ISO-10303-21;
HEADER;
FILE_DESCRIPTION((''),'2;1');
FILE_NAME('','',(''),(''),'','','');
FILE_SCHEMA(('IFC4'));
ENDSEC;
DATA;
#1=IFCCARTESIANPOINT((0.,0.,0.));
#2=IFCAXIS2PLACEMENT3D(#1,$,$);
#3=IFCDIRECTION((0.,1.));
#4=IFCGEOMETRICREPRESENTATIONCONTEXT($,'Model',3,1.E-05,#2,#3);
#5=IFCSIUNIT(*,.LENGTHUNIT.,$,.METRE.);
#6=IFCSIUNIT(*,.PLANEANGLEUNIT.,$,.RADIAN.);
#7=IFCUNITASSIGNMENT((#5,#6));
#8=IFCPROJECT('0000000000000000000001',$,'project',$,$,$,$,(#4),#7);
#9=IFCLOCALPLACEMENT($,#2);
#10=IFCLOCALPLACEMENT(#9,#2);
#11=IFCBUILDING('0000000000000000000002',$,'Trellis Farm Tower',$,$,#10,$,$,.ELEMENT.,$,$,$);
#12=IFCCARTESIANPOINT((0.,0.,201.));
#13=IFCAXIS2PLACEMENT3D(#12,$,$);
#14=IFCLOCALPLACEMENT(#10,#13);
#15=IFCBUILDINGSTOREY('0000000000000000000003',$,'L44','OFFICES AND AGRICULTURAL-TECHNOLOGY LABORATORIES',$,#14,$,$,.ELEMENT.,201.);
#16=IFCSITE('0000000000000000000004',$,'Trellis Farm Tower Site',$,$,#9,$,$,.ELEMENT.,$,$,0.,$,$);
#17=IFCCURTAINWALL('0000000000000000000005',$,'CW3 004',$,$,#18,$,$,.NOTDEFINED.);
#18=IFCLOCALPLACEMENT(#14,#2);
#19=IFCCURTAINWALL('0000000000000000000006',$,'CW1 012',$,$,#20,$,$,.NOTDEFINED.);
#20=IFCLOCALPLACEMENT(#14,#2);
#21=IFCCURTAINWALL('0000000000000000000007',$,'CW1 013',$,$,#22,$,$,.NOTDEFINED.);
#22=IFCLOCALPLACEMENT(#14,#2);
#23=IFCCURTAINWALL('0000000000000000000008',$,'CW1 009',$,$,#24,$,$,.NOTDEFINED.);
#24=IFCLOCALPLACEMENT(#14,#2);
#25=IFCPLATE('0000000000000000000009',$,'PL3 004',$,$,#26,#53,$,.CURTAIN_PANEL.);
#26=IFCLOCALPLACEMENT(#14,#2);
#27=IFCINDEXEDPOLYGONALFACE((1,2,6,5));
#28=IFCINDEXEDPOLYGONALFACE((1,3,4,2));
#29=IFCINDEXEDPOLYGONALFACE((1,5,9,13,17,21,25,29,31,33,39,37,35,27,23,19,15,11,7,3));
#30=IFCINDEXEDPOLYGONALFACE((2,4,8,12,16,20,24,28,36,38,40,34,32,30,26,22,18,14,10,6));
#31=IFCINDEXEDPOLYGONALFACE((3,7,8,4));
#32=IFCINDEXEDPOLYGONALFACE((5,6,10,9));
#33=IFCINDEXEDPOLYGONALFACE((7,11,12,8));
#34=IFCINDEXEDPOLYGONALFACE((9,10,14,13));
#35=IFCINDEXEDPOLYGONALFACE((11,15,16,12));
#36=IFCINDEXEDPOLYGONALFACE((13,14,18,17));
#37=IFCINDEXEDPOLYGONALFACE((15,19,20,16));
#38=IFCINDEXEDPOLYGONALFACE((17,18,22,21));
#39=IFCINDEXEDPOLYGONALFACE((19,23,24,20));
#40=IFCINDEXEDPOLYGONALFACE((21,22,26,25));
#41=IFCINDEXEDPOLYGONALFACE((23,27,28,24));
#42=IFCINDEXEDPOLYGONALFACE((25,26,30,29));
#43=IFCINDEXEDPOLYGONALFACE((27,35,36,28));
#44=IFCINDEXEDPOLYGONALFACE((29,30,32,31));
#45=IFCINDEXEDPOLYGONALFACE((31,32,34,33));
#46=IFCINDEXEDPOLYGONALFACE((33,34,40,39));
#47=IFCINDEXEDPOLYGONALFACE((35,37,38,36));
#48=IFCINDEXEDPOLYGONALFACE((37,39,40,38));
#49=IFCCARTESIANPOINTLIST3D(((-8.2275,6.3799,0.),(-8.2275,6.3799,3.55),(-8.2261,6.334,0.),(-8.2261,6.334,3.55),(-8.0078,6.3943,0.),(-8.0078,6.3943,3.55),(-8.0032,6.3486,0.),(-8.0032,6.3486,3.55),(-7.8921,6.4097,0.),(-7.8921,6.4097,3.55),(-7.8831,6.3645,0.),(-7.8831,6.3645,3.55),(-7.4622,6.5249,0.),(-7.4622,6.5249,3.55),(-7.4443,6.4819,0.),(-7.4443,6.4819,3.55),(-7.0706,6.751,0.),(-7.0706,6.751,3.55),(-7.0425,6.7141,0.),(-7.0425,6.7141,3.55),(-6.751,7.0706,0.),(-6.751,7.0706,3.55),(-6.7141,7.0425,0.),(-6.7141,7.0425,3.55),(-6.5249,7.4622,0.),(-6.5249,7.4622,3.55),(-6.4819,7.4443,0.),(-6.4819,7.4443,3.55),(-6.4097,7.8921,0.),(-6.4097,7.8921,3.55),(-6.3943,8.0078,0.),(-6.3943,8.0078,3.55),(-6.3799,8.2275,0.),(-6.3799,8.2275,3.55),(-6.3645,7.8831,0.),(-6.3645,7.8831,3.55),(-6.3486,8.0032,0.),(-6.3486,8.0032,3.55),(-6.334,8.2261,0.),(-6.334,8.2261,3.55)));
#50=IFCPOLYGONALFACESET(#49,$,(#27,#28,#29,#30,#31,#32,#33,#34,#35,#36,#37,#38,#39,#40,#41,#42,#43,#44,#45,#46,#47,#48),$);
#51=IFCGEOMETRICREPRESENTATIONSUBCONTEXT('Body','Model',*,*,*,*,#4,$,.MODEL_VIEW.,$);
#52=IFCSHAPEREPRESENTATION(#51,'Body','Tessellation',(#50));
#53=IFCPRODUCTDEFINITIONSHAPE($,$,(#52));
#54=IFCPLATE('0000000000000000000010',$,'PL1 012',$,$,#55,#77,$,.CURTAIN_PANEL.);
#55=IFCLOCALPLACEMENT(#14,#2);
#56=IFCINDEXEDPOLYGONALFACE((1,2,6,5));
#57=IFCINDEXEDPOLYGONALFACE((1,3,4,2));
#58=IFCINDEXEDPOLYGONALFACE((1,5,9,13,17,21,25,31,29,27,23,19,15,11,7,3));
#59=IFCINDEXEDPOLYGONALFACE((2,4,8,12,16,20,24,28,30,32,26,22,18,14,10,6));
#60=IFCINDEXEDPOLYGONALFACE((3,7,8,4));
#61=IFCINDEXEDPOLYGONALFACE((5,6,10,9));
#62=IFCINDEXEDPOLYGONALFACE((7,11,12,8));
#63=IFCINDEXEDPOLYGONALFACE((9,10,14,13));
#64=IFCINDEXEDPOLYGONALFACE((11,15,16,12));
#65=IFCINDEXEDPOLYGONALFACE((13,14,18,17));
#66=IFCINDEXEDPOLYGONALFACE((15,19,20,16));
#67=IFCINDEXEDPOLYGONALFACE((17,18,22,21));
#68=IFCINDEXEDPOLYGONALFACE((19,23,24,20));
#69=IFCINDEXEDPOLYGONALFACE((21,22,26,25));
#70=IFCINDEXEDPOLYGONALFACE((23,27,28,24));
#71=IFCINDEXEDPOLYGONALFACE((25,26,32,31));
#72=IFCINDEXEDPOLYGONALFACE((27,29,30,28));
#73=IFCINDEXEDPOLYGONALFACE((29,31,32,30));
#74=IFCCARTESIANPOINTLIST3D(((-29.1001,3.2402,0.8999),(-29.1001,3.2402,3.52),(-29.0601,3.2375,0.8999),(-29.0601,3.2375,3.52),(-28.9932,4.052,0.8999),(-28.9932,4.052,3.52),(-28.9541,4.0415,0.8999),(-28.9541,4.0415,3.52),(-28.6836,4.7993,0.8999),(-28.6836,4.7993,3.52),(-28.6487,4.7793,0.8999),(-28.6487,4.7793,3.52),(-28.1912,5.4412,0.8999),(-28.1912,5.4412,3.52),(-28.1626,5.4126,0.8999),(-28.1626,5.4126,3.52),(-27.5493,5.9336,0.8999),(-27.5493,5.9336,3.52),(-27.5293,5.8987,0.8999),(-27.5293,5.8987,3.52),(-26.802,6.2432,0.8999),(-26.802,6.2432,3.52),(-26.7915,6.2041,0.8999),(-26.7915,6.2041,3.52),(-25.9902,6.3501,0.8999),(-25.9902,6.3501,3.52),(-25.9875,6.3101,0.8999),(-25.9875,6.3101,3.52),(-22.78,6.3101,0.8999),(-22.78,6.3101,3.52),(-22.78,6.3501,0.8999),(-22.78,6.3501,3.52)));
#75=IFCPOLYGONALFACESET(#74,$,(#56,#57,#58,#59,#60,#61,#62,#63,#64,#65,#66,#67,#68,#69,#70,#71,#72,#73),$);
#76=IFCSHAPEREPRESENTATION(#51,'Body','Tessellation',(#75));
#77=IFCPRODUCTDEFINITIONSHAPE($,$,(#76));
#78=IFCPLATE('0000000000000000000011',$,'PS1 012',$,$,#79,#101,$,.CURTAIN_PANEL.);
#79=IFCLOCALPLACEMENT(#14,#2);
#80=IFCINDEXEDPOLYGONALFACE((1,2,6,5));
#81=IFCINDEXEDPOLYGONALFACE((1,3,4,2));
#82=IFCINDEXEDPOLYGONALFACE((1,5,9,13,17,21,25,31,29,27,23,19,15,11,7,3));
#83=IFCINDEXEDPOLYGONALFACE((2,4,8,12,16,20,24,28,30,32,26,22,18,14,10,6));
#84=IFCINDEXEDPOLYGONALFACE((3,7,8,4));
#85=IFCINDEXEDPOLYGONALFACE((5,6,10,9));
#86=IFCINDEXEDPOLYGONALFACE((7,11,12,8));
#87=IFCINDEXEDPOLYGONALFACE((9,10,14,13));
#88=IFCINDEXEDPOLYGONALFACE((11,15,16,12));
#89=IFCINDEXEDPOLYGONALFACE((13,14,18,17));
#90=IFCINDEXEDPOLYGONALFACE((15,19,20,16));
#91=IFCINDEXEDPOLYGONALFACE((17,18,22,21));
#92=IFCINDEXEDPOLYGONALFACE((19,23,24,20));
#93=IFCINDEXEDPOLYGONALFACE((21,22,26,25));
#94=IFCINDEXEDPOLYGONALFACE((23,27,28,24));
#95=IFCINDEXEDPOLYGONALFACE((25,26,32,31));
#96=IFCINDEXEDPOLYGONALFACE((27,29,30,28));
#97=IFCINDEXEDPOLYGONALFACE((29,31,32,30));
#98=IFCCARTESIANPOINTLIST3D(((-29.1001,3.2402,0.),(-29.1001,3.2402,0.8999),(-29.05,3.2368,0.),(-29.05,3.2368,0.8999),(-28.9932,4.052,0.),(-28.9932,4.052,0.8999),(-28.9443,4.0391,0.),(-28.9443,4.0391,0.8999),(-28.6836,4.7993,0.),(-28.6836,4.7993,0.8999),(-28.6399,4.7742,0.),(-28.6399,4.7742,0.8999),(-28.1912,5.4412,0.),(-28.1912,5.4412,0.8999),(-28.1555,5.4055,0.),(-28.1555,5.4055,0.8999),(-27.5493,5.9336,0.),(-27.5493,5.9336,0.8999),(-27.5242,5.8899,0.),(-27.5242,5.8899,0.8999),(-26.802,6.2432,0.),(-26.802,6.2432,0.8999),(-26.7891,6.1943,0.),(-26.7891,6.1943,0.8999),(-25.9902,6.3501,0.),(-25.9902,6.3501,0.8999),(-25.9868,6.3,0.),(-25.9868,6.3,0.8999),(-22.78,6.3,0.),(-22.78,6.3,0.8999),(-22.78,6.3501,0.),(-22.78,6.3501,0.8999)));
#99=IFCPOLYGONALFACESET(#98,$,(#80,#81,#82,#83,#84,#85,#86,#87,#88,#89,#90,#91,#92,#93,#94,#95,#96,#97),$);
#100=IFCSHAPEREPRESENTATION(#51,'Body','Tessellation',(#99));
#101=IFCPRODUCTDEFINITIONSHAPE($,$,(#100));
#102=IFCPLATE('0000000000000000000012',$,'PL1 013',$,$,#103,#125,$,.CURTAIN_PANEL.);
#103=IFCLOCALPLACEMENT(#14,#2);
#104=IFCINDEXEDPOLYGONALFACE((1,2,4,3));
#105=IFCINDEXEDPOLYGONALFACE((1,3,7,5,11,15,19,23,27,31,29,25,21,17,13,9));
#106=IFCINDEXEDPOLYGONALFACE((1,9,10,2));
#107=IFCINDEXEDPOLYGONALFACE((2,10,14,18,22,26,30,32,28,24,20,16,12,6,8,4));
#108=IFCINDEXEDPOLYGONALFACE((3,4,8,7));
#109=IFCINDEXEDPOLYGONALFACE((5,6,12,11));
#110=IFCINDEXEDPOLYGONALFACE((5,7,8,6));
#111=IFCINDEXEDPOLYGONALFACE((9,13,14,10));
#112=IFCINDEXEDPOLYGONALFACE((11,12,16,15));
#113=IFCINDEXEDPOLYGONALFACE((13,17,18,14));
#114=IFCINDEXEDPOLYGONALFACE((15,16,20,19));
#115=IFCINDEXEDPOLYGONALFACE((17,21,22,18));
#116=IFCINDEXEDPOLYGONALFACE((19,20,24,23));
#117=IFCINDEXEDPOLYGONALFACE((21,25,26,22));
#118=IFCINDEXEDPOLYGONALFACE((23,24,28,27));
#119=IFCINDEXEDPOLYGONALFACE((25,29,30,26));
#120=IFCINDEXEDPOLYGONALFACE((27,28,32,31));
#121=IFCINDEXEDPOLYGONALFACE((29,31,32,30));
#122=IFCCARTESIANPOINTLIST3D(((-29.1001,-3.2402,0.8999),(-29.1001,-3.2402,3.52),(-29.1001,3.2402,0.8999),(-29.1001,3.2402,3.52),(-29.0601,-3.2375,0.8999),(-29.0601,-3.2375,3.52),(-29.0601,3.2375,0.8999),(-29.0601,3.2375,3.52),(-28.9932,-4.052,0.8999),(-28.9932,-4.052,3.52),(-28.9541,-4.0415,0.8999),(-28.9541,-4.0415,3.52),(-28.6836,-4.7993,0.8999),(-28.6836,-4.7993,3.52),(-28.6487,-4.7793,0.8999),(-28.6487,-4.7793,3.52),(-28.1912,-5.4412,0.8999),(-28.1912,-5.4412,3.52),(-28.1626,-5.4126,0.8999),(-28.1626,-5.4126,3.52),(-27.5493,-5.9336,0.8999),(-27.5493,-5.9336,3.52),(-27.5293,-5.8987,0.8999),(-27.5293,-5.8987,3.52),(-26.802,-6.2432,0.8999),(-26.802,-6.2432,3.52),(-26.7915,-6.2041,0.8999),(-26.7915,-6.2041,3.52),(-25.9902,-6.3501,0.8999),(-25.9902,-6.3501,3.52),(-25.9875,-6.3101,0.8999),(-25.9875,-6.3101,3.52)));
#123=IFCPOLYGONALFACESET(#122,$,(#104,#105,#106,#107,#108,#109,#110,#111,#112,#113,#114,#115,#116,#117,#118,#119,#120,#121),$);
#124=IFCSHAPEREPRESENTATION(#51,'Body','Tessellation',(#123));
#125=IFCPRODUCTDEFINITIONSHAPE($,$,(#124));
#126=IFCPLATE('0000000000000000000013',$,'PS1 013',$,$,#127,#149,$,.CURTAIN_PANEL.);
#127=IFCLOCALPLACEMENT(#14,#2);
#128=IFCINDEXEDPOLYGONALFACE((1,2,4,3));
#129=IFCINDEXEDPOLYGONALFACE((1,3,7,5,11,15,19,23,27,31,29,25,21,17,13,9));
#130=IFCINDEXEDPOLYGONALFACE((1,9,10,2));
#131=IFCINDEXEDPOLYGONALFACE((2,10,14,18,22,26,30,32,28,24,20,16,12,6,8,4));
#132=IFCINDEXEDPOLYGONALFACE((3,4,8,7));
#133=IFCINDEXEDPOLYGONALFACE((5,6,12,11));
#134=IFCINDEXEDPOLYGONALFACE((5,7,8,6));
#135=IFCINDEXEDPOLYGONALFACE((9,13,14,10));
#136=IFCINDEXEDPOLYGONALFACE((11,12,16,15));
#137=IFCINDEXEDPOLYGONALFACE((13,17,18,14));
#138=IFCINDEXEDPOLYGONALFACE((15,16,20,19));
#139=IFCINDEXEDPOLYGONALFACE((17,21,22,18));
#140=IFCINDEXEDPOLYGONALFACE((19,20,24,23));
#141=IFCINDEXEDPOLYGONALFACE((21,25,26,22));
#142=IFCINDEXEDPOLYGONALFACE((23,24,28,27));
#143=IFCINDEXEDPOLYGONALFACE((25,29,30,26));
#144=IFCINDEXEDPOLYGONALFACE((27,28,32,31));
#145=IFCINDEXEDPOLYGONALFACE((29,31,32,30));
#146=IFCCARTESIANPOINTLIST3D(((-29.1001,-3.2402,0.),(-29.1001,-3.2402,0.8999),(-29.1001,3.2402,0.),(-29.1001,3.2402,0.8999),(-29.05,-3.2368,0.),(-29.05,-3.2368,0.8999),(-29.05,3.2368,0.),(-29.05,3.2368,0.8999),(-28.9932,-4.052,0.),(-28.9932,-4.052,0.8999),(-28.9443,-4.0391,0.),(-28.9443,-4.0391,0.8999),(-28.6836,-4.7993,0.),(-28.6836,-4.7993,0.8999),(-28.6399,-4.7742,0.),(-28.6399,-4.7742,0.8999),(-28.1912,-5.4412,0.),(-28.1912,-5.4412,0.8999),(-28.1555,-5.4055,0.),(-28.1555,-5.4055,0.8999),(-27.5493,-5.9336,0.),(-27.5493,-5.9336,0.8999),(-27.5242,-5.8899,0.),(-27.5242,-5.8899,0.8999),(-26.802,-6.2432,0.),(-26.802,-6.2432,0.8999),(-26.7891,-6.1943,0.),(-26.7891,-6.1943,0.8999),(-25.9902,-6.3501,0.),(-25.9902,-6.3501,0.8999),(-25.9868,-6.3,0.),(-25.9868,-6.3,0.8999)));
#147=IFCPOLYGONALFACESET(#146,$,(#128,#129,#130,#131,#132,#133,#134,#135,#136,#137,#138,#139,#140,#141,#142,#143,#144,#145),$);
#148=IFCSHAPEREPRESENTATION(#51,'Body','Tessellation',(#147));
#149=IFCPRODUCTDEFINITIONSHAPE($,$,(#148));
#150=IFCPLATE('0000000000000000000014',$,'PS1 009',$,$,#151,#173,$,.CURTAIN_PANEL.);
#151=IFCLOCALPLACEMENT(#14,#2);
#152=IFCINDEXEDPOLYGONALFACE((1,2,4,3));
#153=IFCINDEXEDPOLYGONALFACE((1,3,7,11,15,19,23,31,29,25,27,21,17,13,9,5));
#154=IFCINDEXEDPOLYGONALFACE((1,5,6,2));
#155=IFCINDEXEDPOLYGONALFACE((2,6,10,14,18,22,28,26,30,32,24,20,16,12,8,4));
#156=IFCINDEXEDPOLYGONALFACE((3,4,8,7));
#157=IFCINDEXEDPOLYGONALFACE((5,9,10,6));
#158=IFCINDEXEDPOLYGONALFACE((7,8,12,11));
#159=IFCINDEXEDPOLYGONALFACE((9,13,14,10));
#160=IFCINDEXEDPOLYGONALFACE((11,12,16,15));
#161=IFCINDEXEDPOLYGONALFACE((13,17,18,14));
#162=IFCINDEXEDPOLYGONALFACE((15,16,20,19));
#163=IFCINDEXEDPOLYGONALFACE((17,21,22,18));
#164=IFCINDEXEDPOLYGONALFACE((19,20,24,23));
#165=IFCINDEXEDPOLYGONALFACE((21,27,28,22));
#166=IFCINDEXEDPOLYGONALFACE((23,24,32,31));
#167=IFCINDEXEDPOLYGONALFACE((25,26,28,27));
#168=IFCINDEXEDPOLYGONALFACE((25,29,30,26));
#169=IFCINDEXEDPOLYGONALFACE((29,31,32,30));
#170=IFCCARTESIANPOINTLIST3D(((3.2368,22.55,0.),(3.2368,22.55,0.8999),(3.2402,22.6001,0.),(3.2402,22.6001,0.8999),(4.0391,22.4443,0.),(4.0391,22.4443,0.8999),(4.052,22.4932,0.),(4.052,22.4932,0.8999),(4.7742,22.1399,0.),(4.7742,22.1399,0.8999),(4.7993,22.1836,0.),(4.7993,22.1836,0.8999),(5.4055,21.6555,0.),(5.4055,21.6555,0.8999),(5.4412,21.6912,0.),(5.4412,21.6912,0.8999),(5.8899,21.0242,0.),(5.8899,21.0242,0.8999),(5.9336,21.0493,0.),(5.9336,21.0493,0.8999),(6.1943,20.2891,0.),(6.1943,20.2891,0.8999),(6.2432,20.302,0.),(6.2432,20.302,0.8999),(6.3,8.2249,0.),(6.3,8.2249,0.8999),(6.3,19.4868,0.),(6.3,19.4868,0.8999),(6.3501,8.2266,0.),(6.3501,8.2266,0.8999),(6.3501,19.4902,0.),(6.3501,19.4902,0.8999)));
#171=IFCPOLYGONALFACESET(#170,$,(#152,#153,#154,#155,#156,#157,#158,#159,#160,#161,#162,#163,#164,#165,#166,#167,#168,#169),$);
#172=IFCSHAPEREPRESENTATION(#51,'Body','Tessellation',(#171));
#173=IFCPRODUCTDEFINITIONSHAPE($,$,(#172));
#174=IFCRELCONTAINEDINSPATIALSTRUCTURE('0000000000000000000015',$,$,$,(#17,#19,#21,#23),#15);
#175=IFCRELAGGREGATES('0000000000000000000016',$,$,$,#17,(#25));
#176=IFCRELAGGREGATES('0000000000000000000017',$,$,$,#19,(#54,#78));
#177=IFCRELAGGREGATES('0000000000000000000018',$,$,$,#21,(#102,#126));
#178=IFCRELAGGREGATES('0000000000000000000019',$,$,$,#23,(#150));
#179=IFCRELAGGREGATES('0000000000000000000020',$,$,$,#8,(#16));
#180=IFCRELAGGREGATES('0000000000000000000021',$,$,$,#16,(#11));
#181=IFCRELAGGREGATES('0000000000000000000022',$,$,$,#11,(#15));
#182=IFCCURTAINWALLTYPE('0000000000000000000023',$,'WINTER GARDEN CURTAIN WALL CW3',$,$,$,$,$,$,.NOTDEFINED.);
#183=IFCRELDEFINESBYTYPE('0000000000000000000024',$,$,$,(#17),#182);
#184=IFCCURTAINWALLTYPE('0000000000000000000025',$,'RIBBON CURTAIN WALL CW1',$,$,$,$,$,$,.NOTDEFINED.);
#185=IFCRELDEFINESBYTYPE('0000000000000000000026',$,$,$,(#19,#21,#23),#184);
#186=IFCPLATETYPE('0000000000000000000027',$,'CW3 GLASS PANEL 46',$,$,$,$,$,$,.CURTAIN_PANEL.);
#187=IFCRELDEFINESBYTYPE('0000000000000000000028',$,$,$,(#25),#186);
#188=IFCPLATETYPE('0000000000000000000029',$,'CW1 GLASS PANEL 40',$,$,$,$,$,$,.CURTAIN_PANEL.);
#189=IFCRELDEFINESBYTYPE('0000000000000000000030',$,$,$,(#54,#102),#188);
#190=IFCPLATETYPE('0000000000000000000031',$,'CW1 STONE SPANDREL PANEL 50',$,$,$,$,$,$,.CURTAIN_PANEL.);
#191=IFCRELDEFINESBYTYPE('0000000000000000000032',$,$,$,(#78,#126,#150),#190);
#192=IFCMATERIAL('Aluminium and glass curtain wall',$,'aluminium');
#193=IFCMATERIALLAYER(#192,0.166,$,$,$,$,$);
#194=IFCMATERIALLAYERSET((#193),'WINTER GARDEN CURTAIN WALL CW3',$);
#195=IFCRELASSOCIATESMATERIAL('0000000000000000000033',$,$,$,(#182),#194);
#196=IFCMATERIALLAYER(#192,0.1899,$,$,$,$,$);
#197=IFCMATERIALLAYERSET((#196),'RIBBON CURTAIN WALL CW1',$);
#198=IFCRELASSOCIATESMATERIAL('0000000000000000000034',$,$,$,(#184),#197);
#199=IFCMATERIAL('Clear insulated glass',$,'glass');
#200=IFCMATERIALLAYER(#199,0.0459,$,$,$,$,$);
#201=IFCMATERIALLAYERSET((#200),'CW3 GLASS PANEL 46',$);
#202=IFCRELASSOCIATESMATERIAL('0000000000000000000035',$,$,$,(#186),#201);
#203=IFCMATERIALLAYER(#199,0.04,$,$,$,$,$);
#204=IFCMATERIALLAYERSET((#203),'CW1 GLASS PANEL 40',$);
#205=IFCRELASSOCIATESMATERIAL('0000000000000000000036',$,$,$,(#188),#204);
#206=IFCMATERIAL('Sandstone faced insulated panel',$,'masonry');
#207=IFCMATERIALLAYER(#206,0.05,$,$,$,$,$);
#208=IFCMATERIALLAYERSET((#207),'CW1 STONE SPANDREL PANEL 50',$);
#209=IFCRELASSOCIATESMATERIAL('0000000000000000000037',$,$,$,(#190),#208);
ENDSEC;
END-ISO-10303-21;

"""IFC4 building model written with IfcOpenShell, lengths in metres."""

from ifc_helpers import new_model, si_unit, direction, frame, origin, place, context, subcontext, project, spatial, polyline, outline, extrude, source, transform, mapped, material, layer, layer_set, type_object, element, aggregate, save


model = new_model("IFC4")

# Units and contexts
model_context = context("Model", 3, precision=1e-05, world=origin(), true_north=direction((0.0, 1.0)))
body_context = subcontext(model_context, "Body", "Model", "MODEL_VIEW")
ifc_project = project(units=[si_unit("LENGTHUNIT", "METRE"), si_unit("PLANEANGLEUNIT", "RADIAN")], contexts=[model_context])

# Site, building, storey
site_placement = place(None, origin())
site = spatial("IfcSite", under=ifc_project, at=site_placement, Name="Trellis Farm Tower Site", CompositionType="ELEMENT", RefElevation=0.0)
building_placement = place(site_placement, origin())
building = spatial("IfcBuilding", under=site, at=building_placement, Name="Trellis Farm Tower", CompositionType="ELEMENT")
storey_placement = place(building_placement, frame((0.0, 0.0, 201.0)))
storey = spatial("IfcBuildingStorey", under=building, at=storey_placement, Name="L44", Description="OFFICES AND AGRICULTURAL-TECHNOLOGY LABORATORIES", CompositionType="ELEMENT", Elevation=201.0)

# Curtain walls
ifc_material_1 = material(Name="Aluminium and glass curtain wall", Category="aluminium")
ifc_layer_1 = layer(ifc_material_1, 0.166)
ifc_layer_set_1 = layer_set([ifc_layer_1], Name="WINTER GARDEN CURTAIN WALL CW3")
curtain_wall_type_1 = type_object("IfcCurtainWallType", Name="WINTER GARDEN CURTAIN WALL CW3", PredefinedType="NOTDEFINED", material=ifc_layer_set_1)
placement_1 = place(storey_placement, origin())
curtain_wall_1 = element("IfcCurtainWall", 1, at=placement_1, inside=storey, type_object=curtain_wall_type_1, Name="CW3 004", PredefinedType="NOTDEFINED")
ifc_layer_2 = layer(ifc_material_1, 0.1899)
ifc_layer_set_2 = layer_set([ifc_layer_2], Name="RIBBON CURTAIN WALL CW1")
curtain_wall_type_2 = type_object("IfcCurtainWallType", Name="RIBBON CURTAIN WALL CW1", PredefinedType="NOTDEFINED", material=ifc_layer_set_2)
curtain_wall_2 = element("IfcCurtainWall", 2, at=placement_1, inside=storey, type_object=curtain_wall_type_2, Name="CW1 012", PredefinedType="NOTDEFINED")
curtain_wall_3 = element("IfcCurtainWall", 3, at=placement_1, inside=storey, type_object=curtain_wall_type_2, Name="CW1 013", PredefinedType="NOTDEFINED")
curtain_wall_4 = element("IfcCurtainWall", 4, at=placement_1, inside=storey, type_object=curtain_wall_type_2, Name="CW1 009", PredefinedType="NOTDEFINED")

# Plates
ifc_material_2 = material(Name="Clear insulated glass", Category="glass")
ifc_layer_3 = layer(ifc_material_2, 0.0459)
ifc_layer_set_3 = layer_set([ifc_layer_3], Name="CW3 GLASS PANEL 46")
plate_type_1 = type_object("IfcPlateType", Name="CW3 GLASS PANEL 46", PredefinedType="CURTAIN_PANEL", material=ifc_layer_set_3)
shared_shape_1 = source(origin(), body_context, "Body", "SweptSolid", [
    extrude(outline(polyline([(-6.3799, 8.2275), (-6.3943, 8.0078), (-6.4097, 7.8921), (-6.5249, 7.4622), (-6.751, 7.0706), (-7.0706, 6.751), (-7.4622, 6.5249), (-7.8921, 6.4097), (-8.0078, 6.3943), (-8.2275, 6.3799), (-8.2261, 6.334), (-8.0032, 6.3486), (-7.8831, 6.3645), (-7.4443, 6.4819), (-7.0425, 6.7141), (-6.7141, 7.0425), (-6.4819, 7.4443), (-6.3645, 7.8831), (-6.3486, 8.0032), (-6.334, 8.2261), (-6.3799, 8.2275)])), origin(), (0.0, 0.0, 1.0), 3.55),
])
plate_1 = element("IfcPlate", 5, at=placement_1, type_object=plate_type_1, Name="PL3 004", PredefinedType="CURTAIN_PANEL", context=body_context, shape_type="MappedRepresentation", body=[
    mapped(shared_shape_1, transform((0.0, 0.0, 0.0))),
])
aggregate(curtain_wall_1, [plate_1])
ifc_layer_4 = layer(ifc_material_2, 0.04)
ifc_layer_set_4 = layer_set([ifc_layer_4], Name="CW1 GLASS PANEL 40")
plate_type_2 = type_object("IfcPlateType", Name="CW1 GLASS PANEL 40", PredefinedType="CURTAIN_PANEL", material=ifc_layer_set_4)
shared_shape_2 = source(origin(), body_context, "Body", "SweptSolid", [
    extrude(outline(polyline([(-22.78, 6.3501), (-25.9902, 6.3501), (-26.802, 6.2432), (-27.5493, 5.9336), (-28.1912, 5.4412), (-28.6836, 4.7993), (-28.9932, 4.052), (-29.1001, 3.2402), (-29.0601, 3.2375), (-28.9541, 4.0415), (-28.6487, 4.7793), (-28.1626, 5.4126), (-27.5293, 5.8987), (-26.7915, 6.2041), (-25.9875, 6.3101), (-22.78, 6.3101), (-22.78, 6.3501)])), origin(), (0.0, 0.0, 1.0), 2.6201),
])
placement_2 = place(storey_placement, frame((0.0, 0.0, 0.8999)))
plate_2 = element("IfcPlate", 6, at=placement_2, type_object=plate_type_2, Name="PL1 012", PredefinedType="CURTAIN_PANEL", context=body_context, shape_type="MappedRepresentation", body=[
    mapped(shared_shape_2, transform((0.0, 0.0, 0.0))),
])
ifc_material_3 = material(Name="Sandstone faced insulated panel", Category="masonry")
ifc_layer_5 = layer(ifc_material_3, 0.05)
ifc_layer_set_5 = layer_set([ifc_layer_5], Name="CW1 STONE SPANDREL PANEL 50")
plate_type_3 = type_object("IfcPlateType", Name="CW1 STONE SPANDREL PANEL 50", PredefinedType="CURTAIN_PANEL", material=ifc_layer_set_5)
shared_shape_3 = source(origin(), body_context, "Body", "SweptSolid", [
    extrude(outline(polyline([(-22.78, 6.3501), (-25.9902, 6.3501), (-26.802, 6.2432), (-27.5493, 5.9336), (-28.1912, 5.4412), (-28.6836, 4.7993), (-28.9932, 4.052), (-29.1001, 3.2402), (-29.05, 3.2368), (-28.9443, 4.0391), (-28.6399, 4.7742), (-28.1555, 5.4055), (-27.5242, 5.8899), (-26.7891, 6.1943), (-25.9868, 6.3), (-22.78, 6.3), (-22.78, 6.3501)])), origin(), (0.0, 0.0, 1.0), 0.8999),
])
plate_3 = element("IfcPlate", 7, at=placement_1, type_object=plate_type_3, Name="PS1 012", PredefinedType="CURTAIN_PANEL", context=body_context, shape_type="MappedRepresentation", body=[
    mapped(shared_shape_3, transform((0.0, 0.0, 0.0))),
])
aggregate(curtain_wall_2, [plate_2, plate_3])
shared_shape_4 = source(origin(), body_context, "Body", "SweptSolid", [
    extrude(outline(polyline([(-29.1001, 3.2402), (-29.1001, -3.2402), (-28.9932, -4.052), (-28.6836, -4.7993), (-28.1912, -5.4412), (-27.5493, -5.9336), (-26.802, -6.2432), (-25.9902, -6.3501), (-25.9875, -6.3101), (-26.7915, -6.2041), (-27.5293, -5.8987), (-28.1626, -5.4126), (-28.6487, -4.7793), (-28.9541, -4.0415), (-29.0601, -3.2375), (-29.0601, 3.2375), (-29.1001, 3.2402)])), origin(), (0.0, 0.0, 1.0), 2.6201),
])
plate_4 = element("IfcPlate", 8, at=placement_2, type_object=plate_type_2, Name="PL1 013", PredefinedType="CURTAIN_PANEL", context=body_context, shape_type="MappedRepresentation", body=[
    mapped(shared_shape_4, transform((0.0, 0.0, 0.0))),
])
shared_shape_5 = source(origin(), body_context, "Body", "SweptSolid", [
    extrude(outline(polyline([(-29.1001, 3.2402), (-29.1001, -3.2402), (-28.9932, -4.052), (-28.6836, -4.7993), (-28.1912, -5.4412), (-27.5493, -5.9336), (-26.802, -6.2432), (-25.9902, -6.3501), (-25.9868, -6.3), (-26.7891, -6.1943), (-27.5242, -5.8899), (-28.1555, -5.4055), (-28.6399, -4.7742), (-28.9443, -4.0391), (-29.05, -3.2368), (-29.05, 3.2368), (-29.1001, 3.2402)])), origin(), (0.0, 0.0, 1.0), 0.8999),
])
plate_5 = element("IfcPlate", 9, at=placement_1, type_object=plate_type_3, Name="PS1 013", PredefinedType="CURTAIN_PANEL", context=body_context, shape_type="MappedRepresentation", body=[
    mapped(shared_shape_5, transform((0.0, 0.0, 0.0))),
])
aggregate(curtain_wall_3, [plate_4, plate_5])
shared_shape_6 = source(origin(), body_context, "Body", "SweptSolid", [
    extrude(outline(polyline([(6.3501, 8.2266), (6.3501, 19.4902), (6.2432, 20.302), (5.9336, 21.0493), (5.4412, 21.6912), (4.7993, 22.1836), (4.052, 22.4932), (3.2402, 22.6001), (3.2368, 22.55), (4.0391, 22.4443), (4.7742, 22.1399), (5.4055, 21.6555), (5.8899, 21.0242), (6.1943, 20.2891), (6.3, 19.4868), (6.3, 8.2249), (6.3501, 8.2266)])), origin(), (0.0, 0.0, 1.0), 0.8999),
])
plate_6 = element("IfcPlate", 10, at=placement_1, type_object=plate_type_3, Name="PS1 009", PredefinedType="CURTAIN_PANEL", context=body_context, shape_type="MappedRepresentation", body=[
    mapped(shared_shape_6, transform((0.0, 0.0, 0.0))),
])
aggregate(curtain_wall_4, [plate_6])

save(model, "model.ifc")
